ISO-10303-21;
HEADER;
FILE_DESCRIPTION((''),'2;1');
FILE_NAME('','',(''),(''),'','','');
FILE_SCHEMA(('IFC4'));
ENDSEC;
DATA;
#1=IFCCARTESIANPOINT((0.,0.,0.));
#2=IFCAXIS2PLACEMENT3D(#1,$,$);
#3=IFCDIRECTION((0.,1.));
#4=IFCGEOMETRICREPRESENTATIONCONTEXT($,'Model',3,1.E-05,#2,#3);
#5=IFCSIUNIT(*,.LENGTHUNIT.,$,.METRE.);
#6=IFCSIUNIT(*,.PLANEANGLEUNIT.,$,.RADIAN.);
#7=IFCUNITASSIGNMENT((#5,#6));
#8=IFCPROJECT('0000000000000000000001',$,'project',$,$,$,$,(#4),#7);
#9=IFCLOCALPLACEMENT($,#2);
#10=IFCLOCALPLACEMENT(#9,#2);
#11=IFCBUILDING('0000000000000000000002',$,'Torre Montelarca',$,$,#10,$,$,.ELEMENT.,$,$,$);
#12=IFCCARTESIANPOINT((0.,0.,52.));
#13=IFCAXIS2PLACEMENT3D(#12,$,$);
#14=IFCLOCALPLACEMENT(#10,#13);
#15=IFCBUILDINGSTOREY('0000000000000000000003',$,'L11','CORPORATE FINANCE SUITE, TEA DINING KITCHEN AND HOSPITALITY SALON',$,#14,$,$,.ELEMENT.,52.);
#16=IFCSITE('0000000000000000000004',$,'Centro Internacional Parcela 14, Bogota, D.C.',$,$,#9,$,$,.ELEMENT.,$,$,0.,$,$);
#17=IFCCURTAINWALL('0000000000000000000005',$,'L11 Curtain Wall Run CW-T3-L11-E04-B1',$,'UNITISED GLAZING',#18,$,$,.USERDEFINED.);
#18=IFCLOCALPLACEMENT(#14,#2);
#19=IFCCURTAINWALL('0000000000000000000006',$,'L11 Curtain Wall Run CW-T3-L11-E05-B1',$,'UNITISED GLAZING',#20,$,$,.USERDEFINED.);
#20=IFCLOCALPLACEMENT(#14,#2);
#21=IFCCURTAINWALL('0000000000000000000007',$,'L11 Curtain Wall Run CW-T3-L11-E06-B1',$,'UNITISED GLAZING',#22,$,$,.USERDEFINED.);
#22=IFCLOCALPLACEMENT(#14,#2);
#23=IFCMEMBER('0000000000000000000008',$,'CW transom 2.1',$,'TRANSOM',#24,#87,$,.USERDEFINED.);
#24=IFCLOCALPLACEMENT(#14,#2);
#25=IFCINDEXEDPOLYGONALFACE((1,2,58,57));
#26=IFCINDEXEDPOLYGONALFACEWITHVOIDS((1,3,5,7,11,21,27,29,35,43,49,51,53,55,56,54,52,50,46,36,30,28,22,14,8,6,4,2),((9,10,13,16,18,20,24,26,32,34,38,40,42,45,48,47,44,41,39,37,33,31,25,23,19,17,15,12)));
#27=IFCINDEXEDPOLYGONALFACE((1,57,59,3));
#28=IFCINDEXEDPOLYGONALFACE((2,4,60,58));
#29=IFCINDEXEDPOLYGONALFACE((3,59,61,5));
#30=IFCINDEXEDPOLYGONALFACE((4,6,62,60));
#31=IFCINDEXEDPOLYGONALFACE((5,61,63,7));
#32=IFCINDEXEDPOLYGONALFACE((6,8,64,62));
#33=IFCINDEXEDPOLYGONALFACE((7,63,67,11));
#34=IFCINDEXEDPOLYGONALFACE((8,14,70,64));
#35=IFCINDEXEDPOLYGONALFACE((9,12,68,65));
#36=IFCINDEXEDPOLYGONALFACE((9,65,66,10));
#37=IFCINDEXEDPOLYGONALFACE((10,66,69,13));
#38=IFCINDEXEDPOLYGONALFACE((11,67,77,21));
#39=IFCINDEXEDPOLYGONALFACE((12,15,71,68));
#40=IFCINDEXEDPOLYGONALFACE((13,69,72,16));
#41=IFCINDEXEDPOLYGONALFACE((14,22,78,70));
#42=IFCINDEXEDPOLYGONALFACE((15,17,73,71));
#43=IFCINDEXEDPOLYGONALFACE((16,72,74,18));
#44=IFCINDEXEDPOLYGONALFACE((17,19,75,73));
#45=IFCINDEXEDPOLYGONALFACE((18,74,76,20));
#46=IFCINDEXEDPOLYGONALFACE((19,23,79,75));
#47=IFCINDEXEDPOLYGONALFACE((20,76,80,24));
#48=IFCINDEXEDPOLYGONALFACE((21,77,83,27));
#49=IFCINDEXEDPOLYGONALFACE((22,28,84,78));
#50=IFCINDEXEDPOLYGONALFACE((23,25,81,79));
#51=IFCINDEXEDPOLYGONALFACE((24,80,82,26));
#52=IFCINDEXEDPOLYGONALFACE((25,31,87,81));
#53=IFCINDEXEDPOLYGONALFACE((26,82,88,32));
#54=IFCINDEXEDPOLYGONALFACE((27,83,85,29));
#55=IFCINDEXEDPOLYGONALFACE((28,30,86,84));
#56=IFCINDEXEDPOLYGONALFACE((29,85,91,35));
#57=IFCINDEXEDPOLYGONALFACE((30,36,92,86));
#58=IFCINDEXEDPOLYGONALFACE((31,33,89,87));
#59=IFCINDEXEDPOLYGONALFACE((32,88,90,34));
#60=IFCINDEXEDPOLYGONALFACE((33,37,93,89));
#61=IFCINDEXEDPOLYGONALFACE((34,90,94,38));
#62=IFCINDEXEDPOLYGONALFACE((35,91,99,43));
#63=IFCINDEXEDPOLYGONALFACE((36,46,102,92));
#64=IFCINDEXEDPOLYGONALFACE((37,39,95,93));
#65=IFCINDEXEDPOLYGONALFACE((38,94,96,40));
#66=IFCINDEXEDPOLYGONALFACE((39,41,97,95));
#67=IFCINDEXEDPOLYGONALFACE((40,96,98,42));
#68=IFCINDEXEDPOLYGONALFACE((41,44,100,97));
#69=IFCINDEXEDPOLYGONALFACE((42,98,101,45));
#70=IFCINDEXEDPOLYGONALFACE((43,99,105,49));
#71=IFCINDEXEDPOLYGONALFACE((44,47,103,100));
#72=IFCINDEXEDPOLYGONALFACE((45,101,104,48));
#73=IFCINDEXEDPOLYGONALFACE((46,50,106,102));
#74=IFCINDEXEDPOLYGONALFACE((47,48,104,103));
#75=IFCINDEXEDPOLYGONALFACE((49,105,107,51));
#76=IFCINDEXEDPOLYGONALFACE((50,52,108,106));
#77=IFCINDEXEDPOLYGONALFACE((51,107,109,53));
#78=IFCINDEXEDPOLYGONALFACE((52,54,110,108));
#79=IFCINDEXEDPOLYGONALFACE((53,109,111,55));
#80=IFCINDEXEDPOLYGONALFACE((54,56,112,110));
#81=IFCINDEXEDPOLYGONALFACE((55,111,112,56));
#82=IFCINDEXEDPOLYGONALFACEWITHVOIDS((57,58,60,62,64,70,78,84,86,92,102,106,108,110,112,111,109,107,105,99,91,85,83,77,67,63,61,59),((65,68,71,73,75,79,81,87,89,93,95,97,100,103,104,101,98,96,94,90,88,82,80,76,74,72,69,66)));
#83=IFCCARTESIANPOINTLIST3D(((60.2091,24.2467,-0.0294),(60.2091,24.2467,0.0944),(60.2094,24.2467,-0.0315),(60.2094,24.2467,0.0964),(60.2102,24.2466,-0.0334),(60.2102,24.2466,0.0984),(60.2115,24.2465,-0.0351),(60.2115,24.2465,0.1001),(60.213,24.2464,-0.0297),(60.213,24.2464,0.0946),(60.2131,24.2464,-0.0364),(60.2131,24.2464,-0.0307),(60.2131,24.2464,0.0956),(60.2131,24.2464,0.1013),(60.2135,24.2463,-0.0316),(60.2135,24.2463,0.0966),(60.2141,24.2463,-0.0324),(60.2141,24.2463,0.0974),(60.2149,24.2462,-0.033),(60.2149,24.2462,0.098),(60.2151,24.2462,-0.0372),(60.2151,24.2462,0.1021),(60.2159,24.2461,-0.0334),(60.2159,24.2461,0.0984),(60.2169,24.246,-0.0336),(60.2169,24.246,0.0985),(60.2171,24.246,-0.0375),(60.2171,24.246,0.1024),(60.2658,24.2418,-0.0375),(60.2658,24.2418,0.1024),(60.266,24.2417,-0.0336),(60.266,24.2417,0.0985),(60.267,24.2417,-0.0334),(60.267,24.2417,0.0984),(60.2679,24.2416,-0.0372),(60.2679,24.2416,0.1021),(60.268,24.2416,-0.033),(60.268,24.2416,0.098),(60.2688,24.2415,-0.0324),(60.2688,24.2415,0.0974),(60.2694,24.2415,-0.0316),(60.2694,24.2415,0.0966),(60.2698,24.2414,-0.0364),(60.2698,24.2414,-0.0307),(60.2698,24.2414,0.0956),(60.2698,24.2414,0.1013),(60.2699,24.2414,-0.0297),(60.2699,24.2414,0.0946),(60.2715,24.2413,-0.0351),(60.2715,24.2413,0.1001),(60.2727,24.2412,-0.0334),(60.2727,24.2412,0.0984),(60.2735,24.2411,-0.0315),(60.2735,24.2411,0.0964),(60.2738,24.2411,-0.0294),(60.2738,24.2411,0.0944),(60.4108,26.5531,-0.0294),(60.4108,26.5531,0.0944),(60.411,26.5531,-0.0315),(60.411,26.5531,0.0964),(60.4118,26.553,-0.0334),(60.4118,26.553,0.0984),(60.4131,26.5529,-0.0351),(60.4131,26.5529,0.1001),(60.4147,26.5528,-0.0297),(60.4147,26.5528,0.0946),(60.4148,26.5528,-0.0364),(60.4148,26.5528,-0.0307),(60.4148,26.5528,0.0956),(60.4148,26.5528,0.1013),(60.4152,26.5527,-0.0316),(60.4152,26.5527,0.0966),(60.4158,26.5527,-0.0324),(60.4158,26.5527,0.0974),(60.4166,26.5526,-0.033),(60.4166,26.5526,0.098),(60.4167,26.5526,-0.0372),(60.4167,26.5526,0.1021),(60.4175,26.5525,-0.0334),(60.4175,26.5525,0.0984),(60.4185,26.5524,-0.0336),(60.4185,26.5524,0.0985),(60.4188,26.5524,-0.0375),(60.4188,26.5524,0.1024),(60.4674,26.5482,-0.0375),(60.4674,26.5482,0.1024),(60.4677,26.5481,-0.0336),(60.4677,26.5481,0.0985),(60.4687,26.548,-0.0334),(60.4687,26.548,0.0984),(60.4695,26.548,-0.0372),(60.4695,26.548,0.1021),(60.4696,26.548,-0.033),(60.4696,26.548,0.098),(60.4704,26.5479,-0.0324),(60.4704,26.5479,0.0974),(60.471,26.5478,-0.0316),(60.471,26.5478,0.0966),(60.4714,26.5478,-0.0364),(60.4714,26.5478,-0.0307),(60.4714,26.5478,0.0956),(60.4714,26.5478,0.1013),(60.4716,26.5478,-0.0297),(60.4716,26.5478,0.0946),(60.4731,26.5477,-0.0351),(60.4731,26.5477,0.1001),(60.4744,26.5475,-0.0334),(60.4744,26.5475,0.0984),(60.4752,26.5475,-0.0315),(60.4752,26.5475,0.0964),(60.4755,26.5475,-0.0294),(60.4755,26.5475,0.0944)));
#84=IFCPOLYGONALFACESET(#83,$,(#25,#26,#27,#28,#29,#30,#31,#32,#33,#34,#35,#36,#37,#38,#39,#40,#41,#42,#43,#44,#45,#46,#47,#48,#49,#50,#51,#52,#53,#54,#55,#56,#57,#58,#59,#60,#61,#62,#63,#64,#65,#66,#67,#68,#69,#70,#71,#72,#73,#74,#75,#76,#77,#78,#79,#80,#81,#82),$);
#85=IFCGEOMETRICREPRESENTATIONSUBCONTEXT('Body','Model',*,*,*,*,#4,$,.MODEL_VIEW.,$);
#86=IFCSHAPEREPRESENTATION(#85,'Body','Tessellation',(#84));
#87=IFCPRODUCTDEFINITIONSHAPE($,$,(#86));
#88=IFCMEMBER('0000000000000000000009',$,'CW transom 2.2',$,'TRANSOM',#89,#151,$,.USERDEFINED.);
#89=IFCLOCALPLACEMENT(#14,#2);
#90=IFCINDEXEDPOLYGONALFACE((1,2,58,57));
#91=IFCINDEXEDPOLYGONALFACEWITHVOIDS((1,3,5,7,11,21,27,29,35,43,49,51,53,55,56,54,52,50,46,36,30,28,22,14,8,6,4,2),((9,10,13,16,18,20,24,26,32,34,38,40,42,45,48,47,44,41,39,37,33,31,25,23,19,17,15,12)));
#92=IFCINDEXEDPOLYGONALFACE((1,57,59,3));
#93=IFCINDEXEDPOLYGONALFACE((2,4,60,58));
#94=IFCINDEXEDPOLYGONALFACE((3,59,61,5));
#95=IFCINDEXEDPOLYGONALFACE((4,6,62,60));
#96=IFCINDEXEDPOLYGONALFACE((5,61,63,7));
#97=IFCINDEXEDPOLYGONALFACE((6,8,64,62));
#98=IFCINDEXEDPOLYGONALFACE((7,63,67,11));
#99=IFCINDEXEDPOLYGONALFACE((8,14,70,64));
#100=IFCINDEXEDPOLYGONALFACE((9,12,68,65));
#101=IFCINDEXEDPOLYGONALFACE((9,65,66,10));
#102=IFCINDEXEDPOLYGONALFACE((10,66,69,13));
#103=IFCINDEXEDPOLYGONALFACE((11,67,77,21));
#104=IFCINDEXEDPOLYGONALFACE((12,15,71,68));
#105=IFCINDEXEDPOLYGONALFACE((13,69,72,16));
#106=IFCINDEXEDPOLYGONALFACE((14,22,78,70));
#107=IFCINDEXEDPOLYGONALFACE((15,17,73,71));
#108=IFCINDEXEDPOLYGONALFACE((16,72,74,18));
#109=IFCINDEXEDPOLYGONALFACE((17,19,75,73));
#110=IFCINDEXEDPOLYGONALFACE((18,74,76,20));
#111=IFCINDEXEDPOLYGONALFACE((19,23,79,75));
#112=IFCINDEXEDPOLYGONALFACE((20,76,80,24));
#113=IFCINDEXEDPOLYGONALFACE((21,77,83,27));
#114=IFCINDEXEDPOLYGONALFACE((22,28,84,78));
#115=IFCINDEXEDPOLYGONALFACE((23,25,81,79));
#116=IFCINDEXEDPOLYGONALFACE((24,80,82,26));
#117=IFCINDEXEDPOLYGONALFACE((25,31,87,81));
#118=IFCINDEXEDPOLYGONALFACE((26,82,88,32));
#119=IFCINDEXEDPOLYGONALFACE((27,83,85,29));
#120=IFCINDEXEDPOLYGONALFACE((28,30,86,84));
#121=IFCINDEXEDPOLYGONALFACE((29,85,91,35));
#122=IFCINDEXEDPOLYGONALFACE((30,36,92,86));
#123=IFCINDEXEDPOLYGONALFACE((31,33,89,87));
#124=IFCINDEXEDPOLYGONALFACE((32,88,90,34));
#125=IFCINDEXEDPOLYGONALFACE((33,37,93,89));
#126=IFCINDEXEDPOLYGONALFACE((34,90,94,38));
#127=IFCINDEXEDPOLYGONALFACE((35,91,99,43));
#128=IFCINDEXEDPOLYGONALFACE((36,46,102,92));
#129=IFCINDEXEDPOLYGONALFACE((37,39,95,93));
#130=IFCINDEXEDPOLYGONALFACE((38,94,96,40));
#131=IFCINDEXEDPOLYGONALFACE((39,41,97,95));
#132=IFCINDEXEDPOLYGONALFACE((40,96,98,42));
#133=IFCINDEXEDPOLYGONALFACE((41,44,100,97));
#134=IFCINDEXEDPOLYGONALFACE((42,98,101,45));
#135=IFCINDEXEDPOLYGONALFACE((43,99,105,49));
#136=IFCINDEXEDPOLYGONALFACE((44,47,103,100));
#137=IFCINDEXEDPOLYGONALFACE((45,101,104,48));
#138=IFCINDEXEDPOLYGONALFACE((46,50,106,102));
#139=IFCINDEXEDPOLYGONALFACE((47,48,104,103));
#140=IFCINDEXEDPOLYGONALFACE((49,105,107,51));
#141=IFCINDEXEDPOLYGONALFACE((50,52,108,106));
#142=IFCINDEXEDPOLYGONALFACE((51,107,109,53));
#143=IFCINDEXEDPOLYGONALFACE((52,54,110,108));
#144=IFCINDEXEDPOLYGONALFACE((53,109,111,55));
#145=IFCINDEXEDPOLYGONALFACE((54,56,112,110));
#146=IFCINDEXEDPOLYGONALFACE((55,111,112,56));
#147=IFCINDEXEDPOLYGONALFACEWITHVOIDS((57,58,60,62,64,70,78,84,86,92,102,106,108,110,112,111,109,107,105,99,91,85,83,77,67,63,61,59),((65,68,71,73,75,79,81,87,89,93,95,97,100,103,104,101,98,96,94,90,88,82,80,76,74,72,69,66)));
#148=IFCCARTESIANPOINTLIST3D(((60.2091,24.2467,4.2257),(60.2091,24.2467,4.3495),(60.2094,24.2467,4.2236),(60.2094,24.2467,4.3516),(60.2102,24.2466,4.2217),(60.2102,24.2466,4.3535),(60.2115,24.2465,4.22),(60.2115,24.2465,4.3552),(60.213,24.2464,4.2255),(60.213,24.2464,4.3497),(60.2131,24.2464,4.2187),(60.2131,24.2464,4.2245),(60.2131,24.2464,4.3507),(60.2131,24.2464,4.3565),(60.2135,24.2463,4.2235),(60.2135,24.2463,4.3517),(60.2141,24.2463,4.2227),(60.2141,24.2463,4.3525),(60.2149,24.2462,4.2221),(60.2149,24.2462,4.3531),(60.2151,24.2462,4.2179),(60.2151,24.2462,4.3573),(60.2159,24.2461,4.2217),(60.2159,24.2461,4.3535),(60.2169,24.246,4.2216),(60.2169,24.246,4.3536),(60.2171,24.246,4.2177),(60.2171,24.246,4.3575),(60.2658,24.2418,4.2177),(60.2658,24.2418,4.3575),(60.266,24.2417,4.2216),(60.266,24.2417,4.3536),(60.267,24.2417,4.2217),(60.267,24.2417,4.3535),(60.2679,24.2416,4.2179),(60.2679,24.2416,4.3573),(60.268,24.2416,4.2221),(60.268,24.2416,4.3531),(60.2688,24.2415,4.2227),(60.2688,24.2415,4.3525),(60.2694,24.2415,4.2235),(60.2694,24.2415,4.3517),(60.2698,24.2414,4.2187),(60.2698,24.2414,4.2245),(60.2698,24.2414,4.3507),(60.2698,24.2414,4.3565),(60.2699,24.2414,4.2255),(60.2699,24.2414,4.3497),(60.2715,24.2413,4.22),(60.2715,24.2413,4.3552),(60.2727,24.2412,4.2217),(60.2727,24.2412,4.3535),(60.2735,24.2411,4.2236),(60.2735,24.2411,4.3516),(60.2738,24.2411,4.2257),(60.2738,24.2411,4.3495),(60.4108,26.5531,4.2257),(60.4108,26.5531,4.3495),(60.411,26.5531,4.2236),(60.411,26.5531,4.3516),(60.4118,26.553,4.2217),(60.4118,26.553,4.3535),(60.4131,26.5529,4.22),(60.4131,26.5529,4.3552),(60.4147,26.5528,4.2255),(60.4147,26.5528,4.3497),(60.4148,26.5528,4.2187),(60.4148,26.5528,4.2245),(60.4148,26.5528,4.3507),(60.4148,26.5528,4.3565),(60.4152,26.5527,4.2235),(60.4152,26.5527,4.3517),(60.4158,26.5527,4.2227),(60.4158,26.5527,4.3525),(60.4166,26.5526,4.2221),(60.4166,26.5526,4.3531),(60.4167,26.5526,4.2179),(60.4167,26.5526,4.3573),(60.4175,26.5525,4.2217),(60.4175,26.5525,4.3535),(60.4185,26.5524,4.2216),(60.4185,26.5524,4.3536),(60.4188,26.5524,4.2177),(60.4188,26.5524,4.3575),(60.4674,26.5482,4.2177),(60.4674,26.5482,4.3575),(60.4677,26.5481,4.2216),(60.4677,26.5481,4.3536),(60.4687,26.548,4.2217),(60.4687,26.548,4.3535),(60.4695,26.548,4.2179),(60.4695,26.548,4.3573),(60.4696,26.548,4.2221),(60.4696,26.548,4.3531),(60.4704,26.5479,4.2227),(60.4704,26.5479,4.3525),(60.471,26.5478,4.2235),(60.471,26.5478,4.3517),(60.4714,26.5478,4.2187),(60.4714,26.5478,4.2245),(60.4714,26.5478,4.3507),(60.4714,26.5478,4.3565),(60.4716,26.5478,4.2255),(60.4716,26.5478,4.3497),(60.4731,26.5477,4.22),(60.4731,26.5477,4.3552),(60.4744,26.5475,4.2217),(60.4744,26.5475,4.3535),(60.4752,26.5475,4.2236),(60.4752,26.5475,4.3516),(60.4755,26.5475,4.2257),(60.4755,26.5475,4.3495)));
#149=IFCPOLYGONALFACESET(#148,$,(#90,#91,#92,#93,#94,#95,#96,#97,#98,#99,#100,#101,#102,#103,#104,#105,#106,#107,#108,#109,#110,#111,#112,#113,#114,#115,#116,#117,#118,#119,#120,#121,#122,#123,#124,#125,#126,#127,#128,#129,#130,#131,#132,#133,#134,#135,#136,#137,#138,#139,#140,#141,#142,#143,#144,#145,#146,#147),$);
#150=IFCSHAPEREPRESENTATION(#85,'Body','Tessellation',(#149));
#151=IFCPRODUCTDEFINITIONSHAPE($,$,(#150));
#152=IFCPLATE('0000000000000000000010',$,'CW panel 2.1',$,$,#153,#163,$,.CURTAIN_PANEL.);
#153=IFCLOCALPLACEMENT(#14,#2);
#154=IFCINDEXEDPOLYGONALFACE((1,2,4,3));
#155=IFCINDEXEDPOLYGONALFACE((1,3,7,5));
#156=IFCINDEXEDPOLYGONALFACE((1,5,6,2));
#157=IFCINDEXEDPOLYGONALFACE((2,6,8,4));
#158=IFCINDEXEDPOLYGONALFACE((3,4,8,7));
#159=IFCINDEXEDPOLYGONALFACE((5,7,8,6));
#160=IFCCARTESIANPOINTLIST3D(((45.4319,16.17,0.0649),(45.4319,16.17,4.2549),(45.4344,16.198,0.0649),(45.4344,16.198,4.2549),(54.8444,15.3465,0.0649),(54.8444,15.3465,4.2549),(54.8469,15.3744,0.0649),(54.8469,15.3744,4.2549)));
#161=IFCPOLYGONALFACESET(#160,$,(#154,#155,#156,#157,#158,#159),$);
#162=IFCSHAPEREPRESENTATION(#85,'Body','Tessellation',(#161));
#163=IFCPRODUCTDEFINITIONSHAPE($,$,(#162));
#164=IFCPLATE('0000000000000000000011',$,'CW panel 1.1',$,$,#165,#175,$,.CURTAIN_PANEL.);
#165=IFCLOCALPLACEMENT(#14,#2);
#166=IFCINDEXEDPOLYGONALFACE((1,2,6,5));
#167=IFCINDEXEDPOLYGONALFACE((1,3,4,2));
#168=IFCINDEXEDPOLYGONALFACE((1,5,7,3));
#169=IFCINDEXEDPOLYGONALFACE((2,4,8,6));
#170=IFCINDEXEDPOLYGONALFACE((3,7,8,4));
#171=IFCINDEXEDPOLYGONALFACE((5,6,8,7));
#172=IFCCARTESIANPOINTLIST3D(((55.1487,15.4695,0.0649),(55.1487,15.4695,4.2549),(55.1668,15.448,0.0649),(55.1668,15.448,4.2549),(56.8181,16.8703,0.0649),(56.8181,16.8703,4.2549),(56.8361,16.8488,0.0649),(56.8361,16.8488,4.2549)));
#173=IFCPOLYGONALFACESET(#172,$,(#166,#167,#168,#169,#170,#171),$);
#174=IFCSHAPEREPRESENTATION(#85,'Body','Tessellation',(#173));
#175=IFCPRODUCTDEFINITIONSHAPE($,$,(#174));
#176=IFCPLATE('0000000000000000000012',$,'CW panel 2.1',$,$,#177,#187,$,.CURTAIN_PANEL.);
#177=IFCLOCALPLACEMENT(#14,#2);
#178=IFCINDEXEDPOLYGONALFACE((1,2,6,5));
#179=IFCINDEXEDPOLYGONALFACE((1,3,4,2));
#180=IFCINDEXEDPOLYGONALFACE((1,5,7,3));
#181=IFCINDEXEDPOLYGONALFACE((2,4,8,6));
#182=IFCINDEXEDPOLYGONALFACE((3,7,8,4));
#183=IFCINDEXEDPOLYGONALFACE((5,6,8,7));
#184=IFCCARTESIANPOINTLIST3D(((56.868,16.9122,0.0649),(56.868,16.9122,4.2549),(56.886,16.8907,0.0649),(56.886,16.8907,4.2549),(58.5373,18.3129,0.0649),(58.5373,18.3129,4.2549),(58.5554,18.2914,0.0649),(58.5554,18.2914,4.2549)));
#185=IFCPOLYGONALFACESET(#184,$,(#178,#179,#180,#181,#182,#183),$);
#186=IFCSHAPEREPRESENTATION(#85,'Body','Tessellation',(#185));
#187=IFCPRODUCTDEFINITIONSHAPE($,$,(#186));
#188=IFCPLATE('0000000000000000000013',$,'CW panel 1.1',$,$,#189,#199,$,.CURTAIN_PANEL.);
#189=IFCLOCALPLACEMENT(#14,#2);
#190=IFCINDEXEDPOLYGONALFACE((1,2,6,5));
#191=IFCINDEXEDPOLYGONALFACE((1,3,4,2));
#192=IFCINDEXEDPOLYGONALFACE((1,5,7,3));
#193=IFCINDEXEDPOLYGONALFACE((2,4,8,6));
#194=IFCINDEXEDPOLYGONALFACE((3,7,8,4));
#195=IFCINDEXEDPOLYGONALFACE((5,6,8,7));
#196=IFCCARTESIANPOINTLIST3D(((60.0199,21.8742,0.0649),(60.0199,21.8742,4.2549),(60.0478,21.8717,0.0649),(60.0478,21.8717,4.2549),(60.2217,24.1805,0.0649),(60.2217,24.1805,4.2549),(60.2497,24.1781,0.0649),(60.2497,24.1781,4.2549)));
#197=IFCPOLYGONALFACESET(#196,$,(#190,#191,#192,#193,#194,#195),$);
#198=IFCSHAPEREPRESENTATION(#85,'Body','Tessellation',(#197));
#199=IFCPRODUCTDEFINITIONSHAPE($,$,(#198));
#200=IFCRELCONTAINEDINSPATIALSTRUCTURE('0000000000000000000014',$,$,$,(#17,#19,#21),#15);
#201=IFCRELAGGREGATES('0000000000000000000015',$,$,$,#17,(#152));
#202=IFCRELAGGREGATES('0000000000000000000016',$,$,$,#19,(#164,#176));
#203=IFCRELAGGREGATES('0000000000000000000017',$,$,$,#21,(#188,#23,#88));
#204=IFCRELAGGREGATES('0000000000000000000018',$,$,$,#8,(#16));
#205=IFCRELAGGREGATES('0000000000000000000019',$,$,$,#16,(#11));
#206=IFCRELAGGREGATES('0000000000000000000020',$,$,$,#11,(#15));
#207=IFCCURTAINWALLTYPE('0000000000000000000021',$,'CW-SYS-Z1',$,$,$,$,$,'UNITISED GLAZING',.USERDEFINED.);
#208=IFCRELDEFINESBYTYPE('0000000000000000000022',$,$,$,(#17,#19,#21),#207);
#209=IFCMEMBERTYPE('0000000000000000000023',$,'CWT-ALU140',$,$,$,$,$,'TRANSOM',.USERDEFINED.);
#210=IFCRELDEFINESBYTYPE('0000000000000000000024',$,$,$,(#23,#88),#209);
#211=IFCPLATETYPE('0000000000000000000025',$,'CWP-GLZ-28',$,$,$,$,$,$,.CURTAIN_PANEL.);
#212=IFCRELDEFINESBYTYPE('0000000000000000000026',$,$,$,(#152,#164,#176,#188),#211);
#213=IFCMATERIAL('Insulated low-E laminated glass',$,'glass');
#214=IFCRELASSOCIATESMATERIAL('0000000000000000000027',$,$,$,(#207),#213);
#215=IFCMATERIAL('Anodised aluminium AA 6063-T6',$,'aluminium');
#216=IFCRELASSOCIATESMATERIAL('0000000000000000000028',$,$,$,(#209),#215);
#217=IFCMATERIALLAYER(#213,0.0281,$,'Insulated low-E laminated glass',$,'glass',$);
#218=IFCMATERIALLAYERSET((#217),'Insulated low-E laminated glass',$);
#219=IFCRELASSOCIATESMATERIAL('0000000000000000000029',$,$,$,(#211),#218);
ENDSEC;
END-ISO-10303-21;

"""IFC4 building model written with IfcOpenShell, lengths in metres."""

from ifc_helpers import new_model, si_unit, direction, frame, origin, origin_2d, place, context, subcontext, project, spatial, rectangle, hollow_rectangle, extrude, source, transform, mapped, material, layer, layer_set, material_profile, profile_set, type_object, element, aggregate, save


model = new_model("IFC4")

# Units and contexts
model_context = context("Model", 3, precision=1e-05, world=origin(), true_north=direction((0.0, 1.0)))
body_context = subcontext(model_context, "Body", "Model", "MODEL_VIEW")
ifc_project = project(units=[si_unit("LENGTHUNIT", "METRE"), si_unit("PLANEANGLEUNIT", "RADIAN")], contexts=[model_context])

# Site, building, storey
site_placement = place(None, origin())
site = spatial("IfcSite", under=ifc_project, at=site_placement, Name="Centro Internacional Parcela 14, Bogota, D.C.", CompositionType="ELEMENT", RefElevation=0.0)
building_placement = place(site_placement, origin())
building = spatial("IfcBuilding", under=site, at=building_placement, Name="Torre Montelarca", CompositionType="ELEMENT")
storey_placement = place(building_placement, frame((0.0, 0.0, 52.0)))
storey = spatial("IfcBuildingStorey", under=building, at=storey_placement, Name="L11", Description="CORPORATE FINANCE SUITE, TEA DINING KITCHEN AND HOSPITALITY SALON", CompositionType="ELEMENT", Elevation=52.0)

# Curtain walls
ifc_material_1 = material(Name="Insulated low-E laminated glass", Category="glass")
curtain_wall_type = type_object("IfcCurtainWallType", Name="CW-SYS-Z1", ElementType="UNITISED GLAZING", PredefinedType="USERDEFINED", material=ifc_material_1)
curtain_wall_1_placement = place(storey_placement, origin())
curtain_wall_1 = element("IfcCurtainWall", 1, at=curtain_wall_1_placement, inside=storey, type_object=curtain_wall_type, Name="L11 Curtain Wall Run CW-T3-L11-E04-B1", ObjectType="UNITISED GLAZING", PredefinedType="USERDEFINED")
ifc_material_2 = material(Name="Anodised aluminium AA 6063-T6", Category="aluminium")
curtain_wall_2_placement = place(storey_placement, origin())
curtain_wall_2 = element("IfcCurtainWall", 2, at=curtain_wall_2_placement, inside=storey, type_object=curtain_wall_type, Name="L11 Curtain Wall Run CW-T3-L11-E05-B1", ObjectType="UNITISED GLAZING", PredefinedType="USERDEFINED")
curtain_wall_3_placement = place(storey_placement, origin())
curtain_wall_3 = element("IfcCurtainWall", 3, at=curtain_wall_3_placement, inside=storey, type_object=curtain_wall_type, Name="L11 Curtain Wall Run CW-T3-L11-E06-B1", ObjectType="UNITISED GLAZING", PredefinedType="USERDEFINED")

# Members
ifc_material_profile_1 = material_profile(ifc_material_2, hollow_rectangle(XDim=0.0649, YDim=0.1399, WallThickness=0.0039, InnerFilletRadius=0.0039, OuterFilletRadius=0.0081, at=origin_2d()), Name="ALU65X140X4", Category="aluminium")
ifc_profile_set_1 = profile_set([ifc_material_profile_1], Name="Anodised aluminium AA 6063-T6")
member_type_1 = type_object("IfcMemberType", Name="CWT-ALU140", ElementType="TRANSOM", PredefinedType="USERDEFINED", material=ifc_profile_set_1)
shared_shape_1 = source(origin(), body_context, "Body", "SweptSolid", [
    extrude(hollow_rectangle(XDim=0.0649, YDim=0.1399, WallThickness=0.0039, InnerFilletRadius=0.0039, OuterFilletRadius=0.0081, at=origin_2d()), origin(), (0.0, 0.0, 1.0), 2.3152),
])
member_1_placement = place(storey_placement, frame((60.2415, 24.2439, 0.0325), z_axis=(0.087103, 0.996199, 0.0), x_axis=(-0.996199, 0.087103, 0.0)))
member_1 = element("IfcMember", 4, at=member_1_placement, type_object=member_type_1, Name="CW transom 2.1", ObjectType="TRANSOM", PredefinedType="USERDEFINED", context=body_context, shape_type="MappedRepresentation", body=[
    mapped(shared_shape_1, transform((0.0, 0.0, 0.0), scale=1.0)),
])
member_2_placement = place(storey_placement, frame((60.2415, 24.2439, 4.2876), z_axis=(0.087103, 0.996199, 0.0), x_axis=(-0.996199, 0.087103, 0.0)))
member_2 = element("IfcMember", 5, at=member_2_placement, type_object=member_type_1, Name="CW transom 2.2", ObjectType="TRANSOM", PredefinedType="USERDEFINED", context=body_context, shape_type="MappedRepresentation", body=[
    mapped(shared_shape_1, transform((0.0, 0.0, 0.0), scale=1.0)),
])

# Plates
ifc_layer_1 = layer(ifc_material_1, 0.0281, Name="Insulated low-E laminated glass", Category="glass")
ifc_layer_set_1 = layer_set([ifc_layer_1], Name="Insulated low-E laminated glass")
plate_type = type_object("IfcPlateType", Name="CWP-GLZ-28", PredefinedType="CURTAIN_PANEL", material=ifc_layer_set_1)
shared_shape_2 = source(origin(), body_context, "Body", "SweptSolid", [
    extrude(rectangle(XDim=9.4485, YDim=0.0281, at=origin_2d()), origin(), (0.0, 0.0, 1.0), 4.1899),
])
plate_1_placement = place(storey_placement, frame((50.1394, 15.7722, 0.0649), z_axis=(0.0, 0.0, 1.0), x_axis=(0.996194, -0.087162, 0.0)))
plate_1 = element("IfcPlate", 6, at=plate_1_placement, type_object=plate_type, Name="CW panel 2.1", PredefinedType="CURTAIN_PANEL", context=body_context, shape_type="MappedRepresentation", body=[
    mapped(shared_shape_2, transform((0.0, 0.0, 0.0), scale=1.0)),
])
aggregate(curtain_wall_1, [plate_1])
shared_shape_3 = source(origin(), body_context, "Body", "SweptSolid", [
    extrude(rectangle(XDim=2.1792, YDim=0.0281, at=origin_2d()), origin(), (0.0, 0.0, 1.0), 4.1899),
])
plate_2_placement = place(storey_placement, frame((55.9924, 16.1592, 0.0649), z_axis=(0.0, 0.0, 1.0), x_axis=(0.766039, 0.642794, 0.0)))
plate_2 = element("IfcPlate", 7, at=plate_2_placement, type_object=plate_type, Name="CW panel 1.1", PredefinedType="CURTAIN_PANEL", context=body_context, shape_type="MappedRepresentation", body=[
    mapped(shared_shape_3, transform((0.0, 0.0, 0.0), scale=1.0)),
])
plate_3_placement = place(storey_placement, frame((57.7117, 17.6018, 0.0649), z_axis=(0.0, 0.0, 1.0), x_axis=(0.766039, 0.642794, 0.0)))
plate_3 = element("IfcPlate", 8, at=plate_3_placement, type_object=plate_type, Name="CW panel 2.1", PredefinedType="CURTAIN_PANEL", context=body_context, shape_type="MappedRepresentation", body=[
    mapped(shared_shape_3, transform((0.0, 0.0, 0.0), scale=1.0)),
])
aggregate(curtain_wall_2, [plate_2, plate_3])
shared_shape_4 = source(origin(), body_context, "Body", "SweptSolid", [
    extrude(rectangle(XDim=2.3152, YDim=0.0281, at=origin_2d()), origin(), (0.0, 0.0, 1.0), 4.1899),
])
plate_4_placement = place(storey_placement, frame((60.1348, 23.0261, 0.0649), z_axis=(0.0, 0.0, 1.0), x_axis=(0.087168, 0.996194, 0.0)))
plate_4 = element("IfcPlate", 9, at=plate_4_placement, type_object=plate_type, Name="CW panel 1.1", PredefinedType="CURTAIN_PANEL", context=body_context, shape_type="MappedRepresentation", body=[
    mapped(shared_shape_4, transform((0.0, 0.0, 0.0), scale=1.0)),
])
aggregate(curtain_wall_3, [plate_4, member_1, member_2])

save(model, "model.ifc")
